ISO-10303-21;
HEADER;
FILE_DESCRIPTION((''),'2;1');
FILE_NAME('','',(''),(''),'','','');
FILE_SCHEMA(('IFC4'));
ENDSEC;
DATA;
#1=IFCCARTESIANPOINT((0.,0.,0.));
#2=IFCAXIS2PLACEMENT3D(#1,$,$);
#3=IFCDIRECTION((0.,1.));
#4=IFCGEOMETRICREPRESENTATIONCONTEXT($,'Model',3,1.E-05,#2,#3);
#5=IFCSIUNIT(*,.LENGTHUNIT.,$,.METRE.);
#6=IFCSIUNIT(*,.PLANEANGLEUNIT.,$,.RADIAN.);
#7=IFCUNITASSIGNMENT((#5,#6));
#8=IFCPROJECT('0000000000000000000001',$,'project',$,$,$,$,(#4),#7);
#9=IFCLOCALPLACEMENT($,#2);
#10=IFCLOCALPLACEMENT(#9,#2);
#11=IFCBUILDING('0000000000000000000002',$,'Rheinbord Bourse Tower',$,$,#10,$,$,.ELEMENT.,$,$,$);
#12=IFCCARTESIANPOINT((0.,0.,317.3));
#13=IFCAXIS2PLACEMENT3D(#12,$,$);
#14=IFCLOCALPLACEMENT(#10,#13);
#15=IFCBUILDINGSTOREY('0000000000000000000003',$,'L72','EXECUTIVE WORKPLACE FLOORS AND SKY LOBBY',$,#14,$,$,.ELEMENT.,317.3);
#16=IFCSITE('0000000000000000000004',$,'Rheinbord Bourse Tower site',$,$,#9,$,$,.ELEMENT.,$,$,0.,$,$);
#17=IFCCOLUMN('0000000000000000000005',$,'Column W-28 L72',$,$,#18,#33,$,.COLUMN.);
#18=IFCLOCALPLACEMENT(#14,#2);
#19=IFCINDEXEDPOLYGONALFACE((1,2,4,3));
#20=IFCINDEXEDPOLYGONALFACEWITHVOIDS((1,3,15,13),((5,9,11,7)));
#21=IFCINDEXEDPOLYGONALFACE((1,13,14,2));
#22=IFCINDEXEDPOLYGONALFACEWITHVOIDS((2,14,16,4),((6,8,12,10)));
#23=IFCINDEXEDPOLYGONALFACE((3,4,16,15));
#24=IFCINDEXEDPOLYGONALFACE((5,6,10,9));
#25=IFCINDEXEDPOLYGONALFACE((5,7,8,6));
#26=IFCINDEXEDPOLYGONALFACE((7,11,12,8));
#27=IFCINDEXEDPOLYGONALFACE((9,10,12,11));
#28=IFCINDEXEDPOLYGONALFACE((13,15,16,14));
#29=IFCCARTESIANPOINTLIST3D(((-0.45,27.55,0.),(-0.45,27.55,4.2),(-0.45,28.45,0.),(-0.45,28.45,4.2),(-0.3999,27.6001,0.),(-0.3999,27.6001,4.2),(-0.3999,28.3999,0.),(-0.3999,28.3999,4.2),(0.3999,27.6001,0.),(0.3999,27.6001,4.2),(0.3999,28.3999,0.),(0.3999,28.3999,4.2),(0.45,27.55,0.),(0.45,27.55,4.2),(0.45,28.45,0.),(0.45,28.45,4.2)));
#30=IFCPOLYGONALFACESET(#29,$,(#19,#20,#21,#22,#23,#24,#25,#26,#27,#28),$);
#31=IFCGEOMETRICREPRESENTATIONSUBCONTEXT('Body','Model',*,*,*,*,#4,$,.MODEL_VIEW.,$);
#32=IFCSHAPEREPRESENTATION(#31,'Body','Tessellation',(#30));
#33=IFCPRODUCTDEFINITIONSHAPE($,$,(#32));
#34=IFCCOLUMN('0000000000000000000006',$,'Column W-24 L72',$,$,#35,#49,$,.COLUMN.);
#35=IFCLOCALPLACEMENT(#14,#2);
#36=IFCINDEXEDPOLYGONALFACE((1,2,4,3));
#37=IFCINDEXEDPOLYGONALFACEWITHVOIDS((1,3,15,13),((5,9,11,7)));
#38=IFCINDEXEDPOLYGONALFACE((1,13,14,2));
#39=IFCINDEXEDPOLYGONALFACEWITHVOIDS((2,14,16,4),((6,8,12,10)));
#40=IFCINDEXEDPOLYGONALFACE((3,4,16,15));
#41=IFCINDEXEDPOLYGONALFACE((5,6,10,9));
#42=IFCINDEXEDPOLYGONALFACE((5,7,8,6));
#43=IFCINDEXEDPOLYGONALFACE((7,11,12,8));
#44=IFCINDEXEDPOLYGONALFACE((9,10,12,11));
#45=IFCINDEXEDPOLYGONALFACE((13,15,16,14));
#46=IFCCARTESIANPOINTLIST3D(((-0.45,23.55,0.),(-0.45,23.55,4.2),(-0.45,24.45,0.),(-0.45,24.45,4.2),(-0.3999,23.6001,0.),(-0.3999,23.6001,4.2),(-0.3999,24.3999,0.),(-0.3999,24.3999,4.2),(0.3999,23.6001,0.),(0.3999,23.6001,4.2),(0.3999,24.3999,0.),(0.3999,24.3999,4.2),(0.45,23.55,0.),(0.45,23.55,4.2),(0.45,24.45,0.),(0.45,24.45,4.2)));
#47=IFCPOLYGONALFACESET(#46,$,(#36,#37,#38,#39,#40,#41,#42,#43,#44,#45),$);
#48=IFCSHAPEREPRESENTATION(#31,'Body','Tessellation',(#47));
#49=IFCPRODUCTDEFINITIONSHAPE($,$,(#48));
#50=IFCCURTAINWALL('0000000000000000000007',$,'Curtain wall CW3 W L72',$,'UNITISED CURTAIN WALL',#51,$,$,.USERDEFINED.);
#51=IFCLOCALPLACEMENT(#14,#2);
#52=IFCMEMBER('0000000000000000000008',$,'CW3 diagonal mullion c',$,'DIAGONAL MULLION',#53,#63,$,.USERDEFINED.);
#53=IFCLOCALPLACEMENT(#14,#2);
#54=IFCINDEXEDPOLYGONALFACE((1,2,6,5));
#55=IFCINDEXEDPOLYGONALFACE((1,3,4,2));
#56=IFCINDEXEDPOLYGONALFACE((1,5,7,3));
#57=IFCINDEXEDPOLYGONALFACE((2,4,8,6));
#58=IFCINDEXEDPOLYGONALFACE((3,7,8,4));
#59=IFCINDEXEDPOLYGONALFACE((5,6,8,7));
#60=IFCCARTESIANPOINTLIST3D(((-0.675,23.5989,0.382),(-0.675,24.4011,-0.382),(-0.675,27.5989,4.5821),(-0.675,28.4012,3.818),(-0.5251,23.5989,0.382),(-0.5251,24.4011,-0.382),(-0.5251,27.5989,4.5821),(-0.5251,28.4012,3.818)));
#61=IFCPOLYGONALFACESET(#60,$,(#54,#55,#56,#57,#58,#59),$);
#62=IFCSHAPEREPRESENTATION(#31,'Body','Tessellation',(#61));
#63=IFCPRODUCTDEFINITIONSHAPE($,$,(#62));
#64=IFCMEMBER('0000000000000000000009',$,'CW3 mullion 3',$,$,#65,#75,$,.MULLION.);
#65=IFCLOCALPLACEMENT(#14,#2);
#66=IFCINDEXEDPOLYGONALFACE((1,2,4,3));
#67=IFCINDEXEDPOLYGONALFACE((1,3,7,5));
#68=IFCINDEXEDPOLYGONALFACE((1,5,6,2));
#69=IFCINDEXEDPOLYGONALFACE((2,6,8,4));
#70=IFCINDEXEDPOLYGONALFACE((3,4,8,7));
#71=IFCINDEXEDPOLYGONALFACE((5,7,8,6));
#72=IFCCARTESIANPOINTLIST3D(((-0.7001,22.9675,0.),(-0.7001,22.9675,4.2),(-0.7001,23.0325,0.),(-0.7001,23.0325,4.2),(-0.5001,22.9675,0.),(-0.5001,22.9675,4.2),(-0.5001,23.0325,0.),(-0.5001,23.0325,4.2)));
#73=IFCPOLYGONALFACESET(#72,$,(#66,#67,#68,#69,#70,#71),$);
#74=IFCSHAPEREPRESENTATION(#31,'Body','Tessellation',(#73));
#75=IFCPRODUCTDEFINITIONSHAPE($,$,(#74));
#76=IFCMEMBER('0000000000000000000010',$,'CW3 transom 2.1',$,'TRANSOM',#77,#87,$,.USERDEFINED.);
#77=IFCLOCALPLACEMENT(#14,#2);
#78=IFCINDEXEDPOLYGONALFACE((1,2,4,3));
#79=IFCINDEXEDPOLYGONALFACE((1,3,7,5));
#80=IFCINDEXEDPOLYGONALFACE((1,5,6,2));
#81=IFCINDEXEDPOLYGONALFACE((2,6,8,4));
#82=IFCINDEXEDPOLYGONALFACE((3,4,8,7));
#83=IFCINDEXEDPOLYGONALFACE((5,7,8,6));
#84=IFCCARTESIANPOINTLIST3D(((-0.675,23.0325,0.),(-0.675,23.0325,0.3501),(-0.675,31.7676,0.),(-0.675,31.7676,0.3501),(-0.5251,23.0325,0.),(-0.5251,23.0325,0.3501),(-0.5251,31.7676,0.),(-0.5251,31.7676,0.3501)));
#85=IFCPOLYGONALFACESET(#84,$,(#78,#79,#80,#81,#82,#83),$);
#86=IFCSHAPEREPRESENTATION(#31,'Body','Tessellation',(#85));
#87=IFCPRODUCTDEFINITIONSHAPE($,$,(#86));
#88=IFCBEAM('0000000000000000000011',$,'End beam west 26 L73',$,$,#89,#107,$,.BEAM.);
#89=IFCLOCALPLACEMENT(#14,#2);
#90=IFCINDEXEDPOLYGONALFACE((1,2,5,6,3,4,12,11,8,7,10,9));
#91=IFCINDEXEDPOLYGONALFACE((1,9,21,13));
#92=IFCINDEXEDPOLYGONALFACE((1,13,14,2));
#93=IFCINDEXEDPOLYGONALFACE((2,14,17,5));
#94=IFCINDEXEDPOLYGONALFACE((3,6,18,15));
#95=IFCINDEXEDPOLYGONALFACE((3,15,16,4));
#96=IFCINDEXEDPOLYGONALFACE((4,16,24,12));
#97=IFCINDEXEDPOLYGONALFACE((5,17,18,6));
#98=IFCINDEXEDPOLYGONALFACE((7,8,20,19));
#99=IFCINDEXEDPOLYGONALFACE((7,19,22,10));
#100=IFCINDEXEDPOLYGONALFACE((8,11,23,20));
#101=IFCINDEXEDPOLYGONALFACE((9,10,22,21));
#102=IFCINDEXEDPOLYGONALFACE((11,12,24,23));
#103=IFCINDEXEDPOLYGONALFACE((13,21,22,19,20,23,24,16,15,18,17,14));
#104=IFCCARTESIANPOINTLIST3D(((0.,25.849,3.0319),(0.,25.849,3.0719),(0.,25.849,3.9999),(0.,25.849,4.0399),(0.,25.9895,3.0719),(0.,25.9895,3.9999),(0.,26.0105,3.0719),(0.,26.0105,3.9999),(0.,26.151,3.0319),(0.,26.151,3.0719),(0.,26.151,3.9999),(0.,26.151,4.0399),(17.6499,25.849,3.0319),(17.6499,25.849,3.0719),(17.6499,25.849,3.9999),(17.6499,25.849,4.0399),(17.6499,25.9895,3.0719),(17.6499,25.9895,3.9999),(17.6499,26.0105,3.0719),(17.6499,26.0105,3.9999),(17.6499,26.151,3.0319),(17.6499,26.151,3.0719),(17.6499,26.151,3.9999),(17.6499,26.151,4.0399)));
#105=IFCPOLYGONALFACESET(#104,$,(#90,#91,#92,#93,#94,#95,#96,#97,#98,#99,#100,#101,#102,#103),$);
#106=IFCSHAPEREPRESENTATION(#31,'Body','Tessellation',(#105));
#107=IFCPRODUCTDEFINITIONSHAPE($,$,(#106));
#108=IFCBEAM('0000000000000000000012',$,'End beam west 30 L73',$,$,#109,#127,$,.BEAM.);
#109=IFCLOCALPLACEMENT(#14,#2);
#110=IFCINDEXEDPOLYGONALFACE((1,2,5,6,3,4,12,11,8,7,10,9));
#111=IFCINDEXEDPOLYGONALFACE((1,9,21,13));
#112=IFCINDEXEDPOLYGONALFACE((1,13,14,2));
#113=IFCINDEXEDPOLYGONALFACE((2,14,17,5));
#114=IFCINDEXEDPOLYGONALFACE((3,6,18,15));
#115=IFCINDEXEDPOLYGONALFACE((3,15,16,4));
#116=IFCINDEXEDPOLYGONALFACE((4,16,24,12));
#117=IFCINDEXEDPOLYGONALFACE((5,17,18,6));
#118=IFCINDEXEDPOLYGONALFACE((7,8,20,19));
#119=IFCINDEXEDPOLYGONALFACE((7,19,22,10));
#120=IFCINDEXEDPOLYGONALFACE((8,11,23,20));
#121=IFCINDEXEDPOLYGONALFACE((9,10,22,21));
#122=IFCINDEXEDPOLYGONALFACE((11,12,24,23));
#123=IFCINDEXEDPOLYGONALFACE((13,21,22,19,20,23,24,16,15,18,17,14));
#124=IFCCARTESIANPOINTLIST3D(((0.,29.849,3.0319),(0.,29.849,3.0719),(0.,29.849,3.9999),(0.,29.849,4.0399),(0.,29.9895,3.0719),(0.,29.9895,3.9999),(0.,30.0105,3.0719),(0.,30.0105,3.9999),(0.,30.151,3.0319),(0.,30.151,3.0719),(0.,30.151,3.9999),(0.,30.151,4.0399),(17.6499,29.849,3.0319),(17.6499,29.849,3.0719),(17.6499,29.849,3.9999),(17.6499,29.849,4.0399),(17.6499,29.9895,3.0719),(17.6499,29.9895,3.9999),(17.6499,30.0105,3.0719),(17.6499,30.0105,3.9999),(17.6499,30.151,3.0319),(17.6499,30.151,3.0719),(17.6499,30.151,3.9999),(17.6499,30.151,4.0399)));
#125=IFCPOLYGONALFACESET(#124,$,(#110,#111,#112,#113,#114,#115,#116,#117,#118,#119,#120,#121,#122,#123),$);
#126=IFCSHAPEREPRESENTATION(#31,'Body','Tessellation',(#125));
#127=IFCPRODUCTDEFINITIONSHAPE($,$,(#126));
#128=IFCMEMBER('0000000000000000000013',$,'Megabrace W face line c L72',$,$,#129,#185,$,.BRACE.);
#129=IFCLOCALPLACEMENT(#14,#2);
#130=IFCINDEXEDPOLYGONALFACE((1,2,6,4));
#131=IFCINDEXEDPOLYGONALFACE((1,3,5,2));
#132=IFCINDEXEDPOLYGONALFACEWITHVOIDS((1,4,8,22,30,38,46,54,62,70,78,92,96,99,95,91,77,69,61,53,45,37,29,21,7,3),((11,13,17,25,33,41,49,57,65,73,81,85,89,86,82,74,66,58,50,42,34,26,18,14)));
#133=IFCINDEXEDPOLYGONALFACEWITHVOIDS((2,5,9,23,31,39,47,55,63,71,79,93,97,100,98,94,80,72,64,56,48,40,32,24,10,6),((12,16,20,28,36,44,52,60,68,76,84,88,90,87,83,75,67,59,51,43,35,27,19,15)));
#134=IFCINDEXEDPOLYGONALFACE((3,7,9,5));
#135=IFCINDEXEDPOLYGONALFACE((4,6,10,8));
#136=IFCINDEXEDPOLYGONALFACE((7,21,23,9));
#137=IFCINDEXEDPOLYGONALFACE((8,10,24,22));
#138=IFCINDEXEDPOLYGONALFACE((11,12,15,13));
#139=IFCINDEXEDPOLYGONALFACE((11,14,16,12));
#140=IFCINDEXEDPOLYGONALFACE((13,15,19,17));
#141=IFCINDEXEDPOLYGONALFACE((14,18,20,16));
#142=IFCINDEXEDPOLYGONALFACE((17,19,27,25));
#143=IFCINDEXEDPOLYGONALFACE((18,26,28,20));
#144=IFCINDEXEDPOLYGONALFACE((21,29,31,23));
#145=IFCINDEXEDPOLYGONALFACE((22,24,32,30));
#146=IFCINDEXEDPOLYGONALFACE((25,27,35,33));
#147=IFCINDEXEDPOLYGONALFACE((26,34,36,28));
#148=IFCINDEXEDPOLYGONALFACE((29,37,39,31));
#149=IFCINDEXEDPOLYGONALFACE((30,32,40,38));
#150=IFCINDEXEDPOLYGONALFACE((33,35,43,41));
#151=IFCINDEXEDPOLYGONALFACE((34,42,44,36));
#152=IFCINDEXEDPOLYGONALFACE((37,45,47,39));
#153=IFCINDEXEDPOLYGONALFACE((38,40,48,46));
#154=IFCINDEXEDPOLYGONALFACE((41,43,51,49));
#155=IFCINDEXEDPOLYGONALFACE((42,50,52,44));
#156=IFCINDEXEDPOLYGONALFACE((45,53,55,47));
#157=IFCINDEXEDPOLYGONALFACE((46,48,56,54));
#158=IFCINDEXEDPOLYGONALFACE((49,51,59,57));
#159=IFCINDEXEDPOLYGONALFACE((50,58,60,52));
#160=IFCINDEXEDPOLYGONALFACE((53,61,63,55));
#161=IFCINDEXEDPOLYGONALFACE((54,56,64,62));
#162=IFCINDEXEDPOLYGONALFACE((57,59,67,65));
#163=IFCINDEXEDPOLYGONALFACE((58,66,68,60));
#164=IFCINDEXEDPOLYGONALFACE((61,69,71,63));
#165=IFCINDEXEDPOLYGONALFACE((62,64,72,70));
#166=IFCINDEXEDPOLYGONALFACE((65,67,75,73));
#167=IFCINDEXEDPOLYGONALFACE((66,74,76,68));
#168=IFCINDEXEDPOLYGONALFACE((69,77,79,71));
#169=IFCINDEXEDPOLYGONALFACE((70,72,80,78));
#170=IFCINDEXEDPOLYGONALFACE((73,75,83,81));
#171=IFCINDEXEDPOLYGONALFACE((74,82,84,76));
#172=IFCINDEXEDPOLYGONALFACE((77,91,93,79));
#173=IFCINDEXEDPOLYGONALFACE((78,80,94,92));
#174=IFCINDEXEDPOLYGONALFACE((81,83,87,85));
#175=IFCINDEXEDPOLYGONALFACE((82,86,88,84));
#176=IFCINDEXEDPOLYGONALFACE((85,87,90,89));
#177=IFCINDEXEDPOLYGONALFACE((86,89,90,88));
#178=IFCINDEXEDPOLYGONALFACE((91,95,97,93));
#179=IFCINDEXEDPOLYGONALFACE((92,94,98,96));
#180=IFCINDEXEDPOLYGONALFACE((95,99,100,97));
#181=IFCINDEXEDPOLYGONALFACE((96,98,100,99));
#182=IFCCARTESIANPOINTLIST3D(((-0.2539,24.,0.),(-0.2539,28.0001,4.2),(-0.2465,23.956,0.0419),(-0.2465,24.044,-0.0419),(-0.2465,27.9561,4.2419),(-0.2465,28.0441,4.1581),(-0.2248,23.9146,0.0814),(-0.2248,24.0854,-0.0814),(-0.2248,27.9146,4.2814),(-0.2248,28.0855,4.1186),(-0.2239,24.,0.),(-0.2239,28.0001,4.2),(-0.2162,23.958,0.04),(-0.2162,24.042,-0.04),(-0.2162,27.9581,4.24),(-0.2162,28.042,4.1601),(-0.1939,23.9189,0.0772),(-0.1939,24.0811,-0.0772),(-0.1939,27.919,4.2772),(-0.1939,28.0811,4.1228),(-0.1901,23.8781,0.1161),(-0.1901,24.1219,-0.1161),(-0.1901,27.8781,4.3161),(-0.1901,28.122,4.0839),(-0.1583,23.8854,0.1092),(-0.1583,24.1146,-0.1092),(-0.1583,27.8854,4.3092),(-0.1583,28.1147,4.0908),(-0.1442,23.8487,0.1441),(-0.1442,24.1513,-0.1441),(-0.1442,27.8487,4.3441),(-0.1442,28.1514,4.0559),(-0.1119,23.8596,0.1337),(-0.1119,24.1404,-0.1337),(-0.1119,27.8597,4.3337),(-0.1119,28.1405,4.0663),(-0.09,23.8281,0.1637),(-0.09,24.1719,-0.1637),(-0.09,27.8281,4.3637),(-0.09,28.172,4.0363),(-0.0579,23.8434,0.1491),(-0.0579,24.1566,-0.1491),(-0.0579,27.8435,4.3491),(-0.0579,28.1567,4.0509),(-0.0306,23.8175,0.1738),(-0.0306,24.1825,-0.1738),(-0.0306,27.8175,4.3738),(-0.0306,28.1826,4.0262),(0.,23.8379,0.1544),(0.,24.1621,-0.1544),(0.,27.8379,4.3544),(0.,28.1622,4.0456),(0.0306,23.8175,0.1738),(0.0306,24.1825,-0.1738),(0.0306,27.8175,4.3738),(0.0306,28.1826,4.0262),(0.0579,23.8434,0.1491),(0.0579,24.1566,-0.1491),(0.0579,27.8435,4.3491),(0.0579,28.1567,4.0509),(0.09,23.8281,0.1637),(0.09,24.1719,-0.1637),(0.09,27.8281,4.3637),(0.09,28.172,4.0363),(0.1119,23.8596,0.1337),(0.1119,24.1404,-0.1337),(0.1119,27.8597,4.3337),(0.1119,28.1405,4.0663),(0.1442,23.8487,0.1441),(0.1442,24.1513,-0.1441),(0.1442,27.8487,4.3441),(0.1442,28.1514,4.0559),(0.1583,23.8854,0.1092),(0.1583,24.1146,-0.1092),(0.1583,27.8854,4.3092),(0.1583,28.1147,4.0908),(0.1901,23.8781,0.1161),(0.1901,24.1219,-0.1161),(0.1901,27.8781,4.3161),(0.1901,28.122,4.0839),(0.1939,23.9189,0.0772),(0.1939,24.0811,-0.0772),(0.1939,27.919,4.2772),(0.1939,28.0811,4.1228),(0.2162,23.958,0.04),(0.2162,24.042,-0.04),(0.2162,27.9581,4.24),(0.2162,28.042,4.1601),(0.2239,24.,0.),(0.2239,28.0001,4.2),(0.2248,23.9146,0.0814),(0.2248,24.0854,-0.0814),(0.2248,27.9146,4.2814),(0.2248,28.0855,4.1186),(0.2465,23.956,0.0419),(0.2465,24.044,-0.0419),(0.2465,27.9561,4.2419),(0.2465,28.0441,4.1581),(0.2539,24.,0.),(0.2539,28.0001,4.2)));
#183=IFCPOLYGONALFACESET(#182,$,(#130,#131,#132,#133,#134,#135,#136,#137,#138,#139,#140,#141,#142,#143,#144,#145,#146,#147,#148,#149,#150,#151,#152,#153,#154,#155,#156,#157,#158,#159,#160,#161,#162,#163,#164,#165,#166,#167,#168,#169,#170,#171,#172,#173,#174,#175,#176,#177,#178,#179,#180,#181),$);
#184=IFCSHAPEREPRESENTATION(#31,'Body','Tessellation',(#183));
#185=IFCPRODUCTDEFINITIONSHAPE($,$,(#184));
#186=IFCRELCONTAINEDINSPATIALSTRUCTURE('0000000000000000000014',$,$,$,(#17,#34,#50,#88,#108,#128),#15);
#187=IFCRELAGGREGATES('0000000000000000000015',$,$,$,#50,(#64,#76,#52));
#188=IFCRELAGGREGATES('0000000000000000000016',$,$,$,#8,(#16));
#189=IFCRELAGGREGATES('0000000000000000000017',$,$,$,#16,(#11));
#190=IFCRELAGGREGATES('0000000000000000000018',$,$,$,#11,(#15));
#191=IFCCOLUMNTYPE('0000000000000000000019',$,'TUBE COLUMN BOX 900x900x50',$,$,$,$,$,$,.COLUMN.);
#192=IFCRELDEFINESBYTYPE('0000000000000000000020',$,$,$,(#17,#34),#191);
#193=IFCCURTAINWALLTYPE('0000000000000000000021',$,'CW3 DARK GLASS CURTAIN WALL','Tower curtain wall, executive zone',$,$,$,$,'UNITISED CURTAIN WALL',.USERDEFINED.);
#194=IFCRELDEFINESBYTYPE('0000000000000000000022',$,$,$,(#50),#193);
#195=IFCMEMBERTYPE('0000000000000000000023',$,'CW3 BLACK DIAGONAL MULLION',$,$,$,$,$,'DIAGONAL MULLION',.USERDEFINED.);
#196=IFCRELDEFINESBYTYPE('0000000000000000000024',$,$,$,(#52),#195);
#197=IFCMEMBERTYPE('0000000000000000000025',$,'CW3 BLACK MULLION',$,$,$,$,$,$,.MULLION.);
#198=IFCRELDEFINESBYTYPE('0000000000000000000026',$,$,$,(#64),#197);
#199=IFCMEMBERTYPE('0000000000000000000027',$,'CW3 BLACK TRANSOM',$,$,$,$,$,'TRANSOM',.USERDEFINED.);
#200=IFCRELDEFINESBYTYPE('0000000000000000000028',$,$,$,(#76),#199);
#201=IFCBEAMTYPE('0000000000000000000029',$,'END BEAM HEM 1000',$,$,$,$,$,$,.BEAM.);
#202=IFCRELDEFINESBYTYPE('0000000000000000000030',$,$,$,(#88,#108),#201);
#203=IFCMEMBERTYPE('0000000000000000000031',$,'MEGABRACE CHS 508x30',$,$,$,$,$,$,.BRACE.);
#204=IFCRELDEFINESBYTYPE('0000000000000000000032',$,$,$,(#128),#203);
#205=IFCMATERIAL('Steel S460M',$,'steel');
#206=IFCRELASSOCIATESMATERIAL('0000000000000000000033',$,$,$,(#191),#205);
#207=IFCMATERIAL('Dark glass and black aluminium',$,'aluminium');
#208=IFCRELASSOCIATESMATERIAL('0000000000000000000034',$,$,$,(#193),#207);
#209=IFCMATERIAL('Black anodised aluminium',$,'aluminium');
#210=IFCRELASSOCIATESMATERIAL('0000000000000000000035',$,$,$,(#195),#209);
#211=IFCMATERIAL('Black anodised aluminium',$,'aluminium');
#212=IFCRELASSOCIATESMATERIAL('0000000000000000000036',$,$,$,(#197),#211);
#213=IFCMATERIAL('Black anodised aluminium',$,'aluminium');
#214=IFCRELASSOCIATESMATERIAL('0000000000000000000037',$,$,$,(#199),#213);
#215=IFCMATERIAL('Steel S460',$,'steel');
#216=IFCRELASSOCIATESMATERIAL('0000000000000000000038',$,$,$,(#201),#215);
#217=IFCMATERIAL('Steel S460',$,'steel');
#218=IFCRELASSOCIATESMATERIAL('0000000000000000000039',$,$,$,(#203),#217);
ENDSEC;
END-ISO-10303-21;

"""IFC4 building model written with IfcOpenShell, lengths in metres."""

from ifc_helpers import new_model, si_unit, direction, frame, origin, origin_2d, place, context, subcontext, project, spatial, rectangle, hollow_rectangle, hollow_circle, i_section, extrude, material, material_profile, profile_set, type_object, element, aggregate, save


model = new_model("IFC4")

# Units and contexts
model_context = context("Model", 3, precision=1e-05, world=origin(), true_north=direction((0.0, 1.0)))
body_context = subcontext(model_context, "Body", "Model", "MODEL_VIEW")
ifc_project = project(units=[si_unit("LENGTHUNIT", "METRE"), si_unit("PLANEANGLEUNIT", "RADIAN")], contexts=[model_context])

# Site, building, storey
site_placement = place(None, origin())
site = spatial("IfcSite", under=ifc_project, at=site_placement, Name="Rheinbord Bourse Tower site", CompositionType="ELEMENT", RefElevation=0.0)
building_placement = place(site_placement, origin())
building = spatial("IfcBuilding", under=site, at=building_placement, Name="Rheinbord Bourse Tower", CompositionType="ELEMENT")
storey_placement = place(building_placement, frame((0.0, 0.0, 317.3)))
storey = spatial("IfcBuildingStorey", under=building, at=storey_placement, Name="L72", Description="EXECUTIVE WORKPLACE FLOORS AND SKY LOBBY", CompositionType="ELEMENT", Elevation=317.3)

# Columns
ifc_material_1 = material(Name="Steel S460M", Category="steel")
ifc_material_profile_1 = material_profile(ifc_material_1, hollow_rectangle(XDim=0.8999, YDim=0.8999, WallThickness=0.05, at=origin_2d()), Name="BOX 900x900x50")
ifc_profile_set_1 = profile_set([ifc_material_profile_1], Name="Steel S460M")
column_type = type_object("IfcColumnType", Name="TUBE COLUMN BOX 900x900x50", PredefinedType="COLUMN", material=ifc_profile_set_1)
for number, where, z_axis, x_axis, name in (
    (1, (0.0, 28.0, 0.0), (0.0, 0.0, 1.0), (1.0, 0.0, 0.0), "Column W-28 L72"),
    (2, (0.0, 24.0, 0.0), (0.0, 0.0, 1.0), (1.0, 0.0, 0.0), "Column W-24 L72"),
):
    element("IfcColumn", number, at=place(storey_placement, frame(where, z_axis=z_axis, x_axis=x_axis)), inside=storey, type_object=column_type, Name=name, PredefinedType="COLUMN", context=body_context, shape_type="SweptSolid", body=[
        extrude(hollow_rectangle(XDim=0.8999, YDim=0.8999, WallThickness=0.05, at=origin_2d()), origin(), (0.0, 0.0, 1.0), 4.2),
    ])

# Curtain wall, members
ifc_material_2 = material(Name="Dark glass and black aluminium", Category="aluminium")
curtain_wall_type = type_object("IfcCurtainWallType", Name="CW3 DARK GLASS CURTAIN WALL", Description="Tower curtain wall, executive zone", ElementType="UNITISED CURTAIN WALL", PredefinedType="USERDEFINED", material=ifc_material_2)
curtain_wall_placement = place(storey_placement, origin())
curtain_wall = element("IfcCurtainWall", 3, at=curtain_wall_placement, inside=storey, type_object=curtain_wall_type, Name="Curtain wall CW3 W L72", ObjectType="UNITISED CURTAIN WALL", PredefinedType="USERDEFINED")
ifc_material_3 = material(Name="Black anodised aluminium", Category="aluminium")
ifc_material_profile_2 = material_profile(ifc_material_3, rectangle(XDim=0.1499, YDim=1.1079, at=origin_2d()), Name="CW3 DIAGONAL MULLION 1108x150")
ifc_profile_set_2 = profile_set([ifc_material_profile_2], Name="Black anodised aluminium")
member_type_1 = type_object("IfcMemberType", Name="CW3 BLACK DIAGONAL MULLION", ElementType="DIAGONAL MULLION", PredefinedType="USERDEFINED", material=ifc_profile_set_2)
member_1_placement = place(storey_placement, frame((-0.6001, 24.0, 0.0), z_axis=(0.0, 0.689659, 0.724134), x_axis=(-1.0, 0.0, 0.0)))
member_1 = element("IfcMember", 4, at=member_1_placement, type_object=member_type_1, Name="CW3 diagonal mullion c", ObjectType="DIAGONAL MULLION", PredefinedType="USERDEFINED", context=body_context, shape_type="SweptSolid", body=[
    extrude(rectangle(XDim=0.1499, YDim=1.1079, at=origin_2d()), origin(), (0.0, 0.0, 1.0), 5.8),
])
ifc_material_4 = material(Name="Black anodised aluminium", Category="aluminium")
ifc_material_profile_3 = material_profile(ifc_material_4, rectangle(XDim=0.2, YDim=0.0649, at=origin_2d()), Name="CW3 MULLION 65x200")
ifc_profile_set_3 = profile_set([ifc_material_profile_3], Name="Black anodised aluminium")
member_type_2 = type_object("IfcMemberType", Name="CW3 BLACK MULLION", PredefinedType="MULLION", material=ifc_profile_set_3)
member_2_placement = place(storey_placement, frame((-0.6001, 23.0, 0.0), z_axis=(0.0, 0.0, 1.0), x_axis=(1.0, 0.0, 0.0)))
member_2 = element("IfcMember", 5, at=member_2_placement, type_object=member_type_2, Name="CW3 mullion 3", PredefinedType="MULLION", context=body_context, shape_type="SweptSolid", body=[
    extrude(rectangle(XDim=0.2, YDim=0.0649, at=origin_2d()), origin(), (0.0, 0.0, 1.0), 4.2),
])
ifc_material_5 = material(Name="Black anodised aluminium", Category="aluminium")
ifc_material_profile_4 = material_profile(ifc_material_5, rectangle(XDim=0.1499, YDim=0.3501, at=origin_2d()), Name="CW3 TRANSOM 350x150")
ifc_profile_set_4 = profile_set([ifc_material_profile_4], Name="Black anodised aluminium")
member_type_3 = type_object("IfcMemberType", Name="CW3 BLACK TRANSOM", ElementType="TRANSOM", PredefinedType="USERDEFINED", material=ifc_profile_set_4)
member_3_placement = place(storey_placement, frame((-0.6001, 31.7676, 0.175), z_axis=(0.0, -1.0, 0.0), x_axis=(1.0, 0.0, 0.0)))
member_3 = element("IfcMember", 6, at=member_3_placement, type_object=member_type_3, Name="CW3 transom 2.1", ObjectType="TRANSOM", PredefinedType="USERDEFINED", context=body_context, shape_type="SweptSolid", body=[
    extrude(rectangle(XDim=0.1499, YDim=0.3501, at=origin_2d()), origin(), (0.0, 0.0, 1.0), 8.7351),
])

# Beams
ifc_material_6 = material(Name="Steel S460", Category="steel")
ifc_material_profile_5 = material_profile(ifc_material_6, i_section(OverallWidth=0.302, OverallDepth=1.0081, WebThickness=0.021, FlangeThickness=0.04, at=origin_2d()), Name="HEM 1000")
ifc_profile_set_5 = profile_set([ifc_material_profile_5], Name="Steel S460")
beam_type_1 = type_object("IfcBeamType", Name="END BEAM HEM 1000", PredefinedType="BEAM", material=ifc_profile_set_5)
for number, where, z_axis, x_axis, name in (
    (7, (0.0, 26.0, 3.5359), (1.0, 0.0, 0.0), (0.0, 1.0, 0.0), "End beam west 26 L73"),
    (8, (0.0, 30.0, 3.5359), (1.0, 0.0, 0.0), (0.0, 1.0, 0.0), "End beam west 30 L73"),
):
    element("IfcBeam", number, at=place(storey_placement, frame(where, z_axis=z_axis, x_axis=x_axis)), inside=storey, type_object=beam_type_1, Name=name, PredefinedType="BEAM", context=body_context, shape_type="SweptSolid", body=[
        extrude(i_section(OverallWidth=0.302, OverallDepth=1.0081, WebThickness=0.021, FlangeThickness=0.04, at=origin_2d()), origin(), (0.0, 0.0, 1.0), 17.6499),
    ])

# Member
ifc_material_7 = material(Name="Steel S460", Category="steel")
ifc_material_profile_6 = material_profile(ifc_material_7, hollow_circle(Radius=0.2539, WallThickness=0.03, at=origin_2d()), Name="CHS 508x30")
ifc_profile_set_6 = profile_set([ifc_material_profile_6], Name="Steel S460")
member_type_4 = type_object("IfcMemberType", Name="MEGABRACE CHS 508x30", PredefinedType="BRACE", material=ifc_profile_set_6)
member_4_placement = place(storey_placement, frame((0.0, 24.0, 0.0), z_axis=(0.0, 0.689659, 0.724134), x_axis=(-1.0, 0.0, 0.0)))
element("IfcMember", 9, at=member_4_placement, inside=storey, type_object=member_type_4, Name="Megabrace W face line c L72", PredefinedType="BRACE", context=body_context, shape_type="SweptSolid", body=[
    extrude(hollow_circle(Radius=0.2539, WallThickness=0.03, at=origin_2d()), origin(), (0.0, 0.0, 1.0), 5.8),
])

aggregate(curtain_wall, [member_2, member_3, member_1])

save(model, "model.ifc")
